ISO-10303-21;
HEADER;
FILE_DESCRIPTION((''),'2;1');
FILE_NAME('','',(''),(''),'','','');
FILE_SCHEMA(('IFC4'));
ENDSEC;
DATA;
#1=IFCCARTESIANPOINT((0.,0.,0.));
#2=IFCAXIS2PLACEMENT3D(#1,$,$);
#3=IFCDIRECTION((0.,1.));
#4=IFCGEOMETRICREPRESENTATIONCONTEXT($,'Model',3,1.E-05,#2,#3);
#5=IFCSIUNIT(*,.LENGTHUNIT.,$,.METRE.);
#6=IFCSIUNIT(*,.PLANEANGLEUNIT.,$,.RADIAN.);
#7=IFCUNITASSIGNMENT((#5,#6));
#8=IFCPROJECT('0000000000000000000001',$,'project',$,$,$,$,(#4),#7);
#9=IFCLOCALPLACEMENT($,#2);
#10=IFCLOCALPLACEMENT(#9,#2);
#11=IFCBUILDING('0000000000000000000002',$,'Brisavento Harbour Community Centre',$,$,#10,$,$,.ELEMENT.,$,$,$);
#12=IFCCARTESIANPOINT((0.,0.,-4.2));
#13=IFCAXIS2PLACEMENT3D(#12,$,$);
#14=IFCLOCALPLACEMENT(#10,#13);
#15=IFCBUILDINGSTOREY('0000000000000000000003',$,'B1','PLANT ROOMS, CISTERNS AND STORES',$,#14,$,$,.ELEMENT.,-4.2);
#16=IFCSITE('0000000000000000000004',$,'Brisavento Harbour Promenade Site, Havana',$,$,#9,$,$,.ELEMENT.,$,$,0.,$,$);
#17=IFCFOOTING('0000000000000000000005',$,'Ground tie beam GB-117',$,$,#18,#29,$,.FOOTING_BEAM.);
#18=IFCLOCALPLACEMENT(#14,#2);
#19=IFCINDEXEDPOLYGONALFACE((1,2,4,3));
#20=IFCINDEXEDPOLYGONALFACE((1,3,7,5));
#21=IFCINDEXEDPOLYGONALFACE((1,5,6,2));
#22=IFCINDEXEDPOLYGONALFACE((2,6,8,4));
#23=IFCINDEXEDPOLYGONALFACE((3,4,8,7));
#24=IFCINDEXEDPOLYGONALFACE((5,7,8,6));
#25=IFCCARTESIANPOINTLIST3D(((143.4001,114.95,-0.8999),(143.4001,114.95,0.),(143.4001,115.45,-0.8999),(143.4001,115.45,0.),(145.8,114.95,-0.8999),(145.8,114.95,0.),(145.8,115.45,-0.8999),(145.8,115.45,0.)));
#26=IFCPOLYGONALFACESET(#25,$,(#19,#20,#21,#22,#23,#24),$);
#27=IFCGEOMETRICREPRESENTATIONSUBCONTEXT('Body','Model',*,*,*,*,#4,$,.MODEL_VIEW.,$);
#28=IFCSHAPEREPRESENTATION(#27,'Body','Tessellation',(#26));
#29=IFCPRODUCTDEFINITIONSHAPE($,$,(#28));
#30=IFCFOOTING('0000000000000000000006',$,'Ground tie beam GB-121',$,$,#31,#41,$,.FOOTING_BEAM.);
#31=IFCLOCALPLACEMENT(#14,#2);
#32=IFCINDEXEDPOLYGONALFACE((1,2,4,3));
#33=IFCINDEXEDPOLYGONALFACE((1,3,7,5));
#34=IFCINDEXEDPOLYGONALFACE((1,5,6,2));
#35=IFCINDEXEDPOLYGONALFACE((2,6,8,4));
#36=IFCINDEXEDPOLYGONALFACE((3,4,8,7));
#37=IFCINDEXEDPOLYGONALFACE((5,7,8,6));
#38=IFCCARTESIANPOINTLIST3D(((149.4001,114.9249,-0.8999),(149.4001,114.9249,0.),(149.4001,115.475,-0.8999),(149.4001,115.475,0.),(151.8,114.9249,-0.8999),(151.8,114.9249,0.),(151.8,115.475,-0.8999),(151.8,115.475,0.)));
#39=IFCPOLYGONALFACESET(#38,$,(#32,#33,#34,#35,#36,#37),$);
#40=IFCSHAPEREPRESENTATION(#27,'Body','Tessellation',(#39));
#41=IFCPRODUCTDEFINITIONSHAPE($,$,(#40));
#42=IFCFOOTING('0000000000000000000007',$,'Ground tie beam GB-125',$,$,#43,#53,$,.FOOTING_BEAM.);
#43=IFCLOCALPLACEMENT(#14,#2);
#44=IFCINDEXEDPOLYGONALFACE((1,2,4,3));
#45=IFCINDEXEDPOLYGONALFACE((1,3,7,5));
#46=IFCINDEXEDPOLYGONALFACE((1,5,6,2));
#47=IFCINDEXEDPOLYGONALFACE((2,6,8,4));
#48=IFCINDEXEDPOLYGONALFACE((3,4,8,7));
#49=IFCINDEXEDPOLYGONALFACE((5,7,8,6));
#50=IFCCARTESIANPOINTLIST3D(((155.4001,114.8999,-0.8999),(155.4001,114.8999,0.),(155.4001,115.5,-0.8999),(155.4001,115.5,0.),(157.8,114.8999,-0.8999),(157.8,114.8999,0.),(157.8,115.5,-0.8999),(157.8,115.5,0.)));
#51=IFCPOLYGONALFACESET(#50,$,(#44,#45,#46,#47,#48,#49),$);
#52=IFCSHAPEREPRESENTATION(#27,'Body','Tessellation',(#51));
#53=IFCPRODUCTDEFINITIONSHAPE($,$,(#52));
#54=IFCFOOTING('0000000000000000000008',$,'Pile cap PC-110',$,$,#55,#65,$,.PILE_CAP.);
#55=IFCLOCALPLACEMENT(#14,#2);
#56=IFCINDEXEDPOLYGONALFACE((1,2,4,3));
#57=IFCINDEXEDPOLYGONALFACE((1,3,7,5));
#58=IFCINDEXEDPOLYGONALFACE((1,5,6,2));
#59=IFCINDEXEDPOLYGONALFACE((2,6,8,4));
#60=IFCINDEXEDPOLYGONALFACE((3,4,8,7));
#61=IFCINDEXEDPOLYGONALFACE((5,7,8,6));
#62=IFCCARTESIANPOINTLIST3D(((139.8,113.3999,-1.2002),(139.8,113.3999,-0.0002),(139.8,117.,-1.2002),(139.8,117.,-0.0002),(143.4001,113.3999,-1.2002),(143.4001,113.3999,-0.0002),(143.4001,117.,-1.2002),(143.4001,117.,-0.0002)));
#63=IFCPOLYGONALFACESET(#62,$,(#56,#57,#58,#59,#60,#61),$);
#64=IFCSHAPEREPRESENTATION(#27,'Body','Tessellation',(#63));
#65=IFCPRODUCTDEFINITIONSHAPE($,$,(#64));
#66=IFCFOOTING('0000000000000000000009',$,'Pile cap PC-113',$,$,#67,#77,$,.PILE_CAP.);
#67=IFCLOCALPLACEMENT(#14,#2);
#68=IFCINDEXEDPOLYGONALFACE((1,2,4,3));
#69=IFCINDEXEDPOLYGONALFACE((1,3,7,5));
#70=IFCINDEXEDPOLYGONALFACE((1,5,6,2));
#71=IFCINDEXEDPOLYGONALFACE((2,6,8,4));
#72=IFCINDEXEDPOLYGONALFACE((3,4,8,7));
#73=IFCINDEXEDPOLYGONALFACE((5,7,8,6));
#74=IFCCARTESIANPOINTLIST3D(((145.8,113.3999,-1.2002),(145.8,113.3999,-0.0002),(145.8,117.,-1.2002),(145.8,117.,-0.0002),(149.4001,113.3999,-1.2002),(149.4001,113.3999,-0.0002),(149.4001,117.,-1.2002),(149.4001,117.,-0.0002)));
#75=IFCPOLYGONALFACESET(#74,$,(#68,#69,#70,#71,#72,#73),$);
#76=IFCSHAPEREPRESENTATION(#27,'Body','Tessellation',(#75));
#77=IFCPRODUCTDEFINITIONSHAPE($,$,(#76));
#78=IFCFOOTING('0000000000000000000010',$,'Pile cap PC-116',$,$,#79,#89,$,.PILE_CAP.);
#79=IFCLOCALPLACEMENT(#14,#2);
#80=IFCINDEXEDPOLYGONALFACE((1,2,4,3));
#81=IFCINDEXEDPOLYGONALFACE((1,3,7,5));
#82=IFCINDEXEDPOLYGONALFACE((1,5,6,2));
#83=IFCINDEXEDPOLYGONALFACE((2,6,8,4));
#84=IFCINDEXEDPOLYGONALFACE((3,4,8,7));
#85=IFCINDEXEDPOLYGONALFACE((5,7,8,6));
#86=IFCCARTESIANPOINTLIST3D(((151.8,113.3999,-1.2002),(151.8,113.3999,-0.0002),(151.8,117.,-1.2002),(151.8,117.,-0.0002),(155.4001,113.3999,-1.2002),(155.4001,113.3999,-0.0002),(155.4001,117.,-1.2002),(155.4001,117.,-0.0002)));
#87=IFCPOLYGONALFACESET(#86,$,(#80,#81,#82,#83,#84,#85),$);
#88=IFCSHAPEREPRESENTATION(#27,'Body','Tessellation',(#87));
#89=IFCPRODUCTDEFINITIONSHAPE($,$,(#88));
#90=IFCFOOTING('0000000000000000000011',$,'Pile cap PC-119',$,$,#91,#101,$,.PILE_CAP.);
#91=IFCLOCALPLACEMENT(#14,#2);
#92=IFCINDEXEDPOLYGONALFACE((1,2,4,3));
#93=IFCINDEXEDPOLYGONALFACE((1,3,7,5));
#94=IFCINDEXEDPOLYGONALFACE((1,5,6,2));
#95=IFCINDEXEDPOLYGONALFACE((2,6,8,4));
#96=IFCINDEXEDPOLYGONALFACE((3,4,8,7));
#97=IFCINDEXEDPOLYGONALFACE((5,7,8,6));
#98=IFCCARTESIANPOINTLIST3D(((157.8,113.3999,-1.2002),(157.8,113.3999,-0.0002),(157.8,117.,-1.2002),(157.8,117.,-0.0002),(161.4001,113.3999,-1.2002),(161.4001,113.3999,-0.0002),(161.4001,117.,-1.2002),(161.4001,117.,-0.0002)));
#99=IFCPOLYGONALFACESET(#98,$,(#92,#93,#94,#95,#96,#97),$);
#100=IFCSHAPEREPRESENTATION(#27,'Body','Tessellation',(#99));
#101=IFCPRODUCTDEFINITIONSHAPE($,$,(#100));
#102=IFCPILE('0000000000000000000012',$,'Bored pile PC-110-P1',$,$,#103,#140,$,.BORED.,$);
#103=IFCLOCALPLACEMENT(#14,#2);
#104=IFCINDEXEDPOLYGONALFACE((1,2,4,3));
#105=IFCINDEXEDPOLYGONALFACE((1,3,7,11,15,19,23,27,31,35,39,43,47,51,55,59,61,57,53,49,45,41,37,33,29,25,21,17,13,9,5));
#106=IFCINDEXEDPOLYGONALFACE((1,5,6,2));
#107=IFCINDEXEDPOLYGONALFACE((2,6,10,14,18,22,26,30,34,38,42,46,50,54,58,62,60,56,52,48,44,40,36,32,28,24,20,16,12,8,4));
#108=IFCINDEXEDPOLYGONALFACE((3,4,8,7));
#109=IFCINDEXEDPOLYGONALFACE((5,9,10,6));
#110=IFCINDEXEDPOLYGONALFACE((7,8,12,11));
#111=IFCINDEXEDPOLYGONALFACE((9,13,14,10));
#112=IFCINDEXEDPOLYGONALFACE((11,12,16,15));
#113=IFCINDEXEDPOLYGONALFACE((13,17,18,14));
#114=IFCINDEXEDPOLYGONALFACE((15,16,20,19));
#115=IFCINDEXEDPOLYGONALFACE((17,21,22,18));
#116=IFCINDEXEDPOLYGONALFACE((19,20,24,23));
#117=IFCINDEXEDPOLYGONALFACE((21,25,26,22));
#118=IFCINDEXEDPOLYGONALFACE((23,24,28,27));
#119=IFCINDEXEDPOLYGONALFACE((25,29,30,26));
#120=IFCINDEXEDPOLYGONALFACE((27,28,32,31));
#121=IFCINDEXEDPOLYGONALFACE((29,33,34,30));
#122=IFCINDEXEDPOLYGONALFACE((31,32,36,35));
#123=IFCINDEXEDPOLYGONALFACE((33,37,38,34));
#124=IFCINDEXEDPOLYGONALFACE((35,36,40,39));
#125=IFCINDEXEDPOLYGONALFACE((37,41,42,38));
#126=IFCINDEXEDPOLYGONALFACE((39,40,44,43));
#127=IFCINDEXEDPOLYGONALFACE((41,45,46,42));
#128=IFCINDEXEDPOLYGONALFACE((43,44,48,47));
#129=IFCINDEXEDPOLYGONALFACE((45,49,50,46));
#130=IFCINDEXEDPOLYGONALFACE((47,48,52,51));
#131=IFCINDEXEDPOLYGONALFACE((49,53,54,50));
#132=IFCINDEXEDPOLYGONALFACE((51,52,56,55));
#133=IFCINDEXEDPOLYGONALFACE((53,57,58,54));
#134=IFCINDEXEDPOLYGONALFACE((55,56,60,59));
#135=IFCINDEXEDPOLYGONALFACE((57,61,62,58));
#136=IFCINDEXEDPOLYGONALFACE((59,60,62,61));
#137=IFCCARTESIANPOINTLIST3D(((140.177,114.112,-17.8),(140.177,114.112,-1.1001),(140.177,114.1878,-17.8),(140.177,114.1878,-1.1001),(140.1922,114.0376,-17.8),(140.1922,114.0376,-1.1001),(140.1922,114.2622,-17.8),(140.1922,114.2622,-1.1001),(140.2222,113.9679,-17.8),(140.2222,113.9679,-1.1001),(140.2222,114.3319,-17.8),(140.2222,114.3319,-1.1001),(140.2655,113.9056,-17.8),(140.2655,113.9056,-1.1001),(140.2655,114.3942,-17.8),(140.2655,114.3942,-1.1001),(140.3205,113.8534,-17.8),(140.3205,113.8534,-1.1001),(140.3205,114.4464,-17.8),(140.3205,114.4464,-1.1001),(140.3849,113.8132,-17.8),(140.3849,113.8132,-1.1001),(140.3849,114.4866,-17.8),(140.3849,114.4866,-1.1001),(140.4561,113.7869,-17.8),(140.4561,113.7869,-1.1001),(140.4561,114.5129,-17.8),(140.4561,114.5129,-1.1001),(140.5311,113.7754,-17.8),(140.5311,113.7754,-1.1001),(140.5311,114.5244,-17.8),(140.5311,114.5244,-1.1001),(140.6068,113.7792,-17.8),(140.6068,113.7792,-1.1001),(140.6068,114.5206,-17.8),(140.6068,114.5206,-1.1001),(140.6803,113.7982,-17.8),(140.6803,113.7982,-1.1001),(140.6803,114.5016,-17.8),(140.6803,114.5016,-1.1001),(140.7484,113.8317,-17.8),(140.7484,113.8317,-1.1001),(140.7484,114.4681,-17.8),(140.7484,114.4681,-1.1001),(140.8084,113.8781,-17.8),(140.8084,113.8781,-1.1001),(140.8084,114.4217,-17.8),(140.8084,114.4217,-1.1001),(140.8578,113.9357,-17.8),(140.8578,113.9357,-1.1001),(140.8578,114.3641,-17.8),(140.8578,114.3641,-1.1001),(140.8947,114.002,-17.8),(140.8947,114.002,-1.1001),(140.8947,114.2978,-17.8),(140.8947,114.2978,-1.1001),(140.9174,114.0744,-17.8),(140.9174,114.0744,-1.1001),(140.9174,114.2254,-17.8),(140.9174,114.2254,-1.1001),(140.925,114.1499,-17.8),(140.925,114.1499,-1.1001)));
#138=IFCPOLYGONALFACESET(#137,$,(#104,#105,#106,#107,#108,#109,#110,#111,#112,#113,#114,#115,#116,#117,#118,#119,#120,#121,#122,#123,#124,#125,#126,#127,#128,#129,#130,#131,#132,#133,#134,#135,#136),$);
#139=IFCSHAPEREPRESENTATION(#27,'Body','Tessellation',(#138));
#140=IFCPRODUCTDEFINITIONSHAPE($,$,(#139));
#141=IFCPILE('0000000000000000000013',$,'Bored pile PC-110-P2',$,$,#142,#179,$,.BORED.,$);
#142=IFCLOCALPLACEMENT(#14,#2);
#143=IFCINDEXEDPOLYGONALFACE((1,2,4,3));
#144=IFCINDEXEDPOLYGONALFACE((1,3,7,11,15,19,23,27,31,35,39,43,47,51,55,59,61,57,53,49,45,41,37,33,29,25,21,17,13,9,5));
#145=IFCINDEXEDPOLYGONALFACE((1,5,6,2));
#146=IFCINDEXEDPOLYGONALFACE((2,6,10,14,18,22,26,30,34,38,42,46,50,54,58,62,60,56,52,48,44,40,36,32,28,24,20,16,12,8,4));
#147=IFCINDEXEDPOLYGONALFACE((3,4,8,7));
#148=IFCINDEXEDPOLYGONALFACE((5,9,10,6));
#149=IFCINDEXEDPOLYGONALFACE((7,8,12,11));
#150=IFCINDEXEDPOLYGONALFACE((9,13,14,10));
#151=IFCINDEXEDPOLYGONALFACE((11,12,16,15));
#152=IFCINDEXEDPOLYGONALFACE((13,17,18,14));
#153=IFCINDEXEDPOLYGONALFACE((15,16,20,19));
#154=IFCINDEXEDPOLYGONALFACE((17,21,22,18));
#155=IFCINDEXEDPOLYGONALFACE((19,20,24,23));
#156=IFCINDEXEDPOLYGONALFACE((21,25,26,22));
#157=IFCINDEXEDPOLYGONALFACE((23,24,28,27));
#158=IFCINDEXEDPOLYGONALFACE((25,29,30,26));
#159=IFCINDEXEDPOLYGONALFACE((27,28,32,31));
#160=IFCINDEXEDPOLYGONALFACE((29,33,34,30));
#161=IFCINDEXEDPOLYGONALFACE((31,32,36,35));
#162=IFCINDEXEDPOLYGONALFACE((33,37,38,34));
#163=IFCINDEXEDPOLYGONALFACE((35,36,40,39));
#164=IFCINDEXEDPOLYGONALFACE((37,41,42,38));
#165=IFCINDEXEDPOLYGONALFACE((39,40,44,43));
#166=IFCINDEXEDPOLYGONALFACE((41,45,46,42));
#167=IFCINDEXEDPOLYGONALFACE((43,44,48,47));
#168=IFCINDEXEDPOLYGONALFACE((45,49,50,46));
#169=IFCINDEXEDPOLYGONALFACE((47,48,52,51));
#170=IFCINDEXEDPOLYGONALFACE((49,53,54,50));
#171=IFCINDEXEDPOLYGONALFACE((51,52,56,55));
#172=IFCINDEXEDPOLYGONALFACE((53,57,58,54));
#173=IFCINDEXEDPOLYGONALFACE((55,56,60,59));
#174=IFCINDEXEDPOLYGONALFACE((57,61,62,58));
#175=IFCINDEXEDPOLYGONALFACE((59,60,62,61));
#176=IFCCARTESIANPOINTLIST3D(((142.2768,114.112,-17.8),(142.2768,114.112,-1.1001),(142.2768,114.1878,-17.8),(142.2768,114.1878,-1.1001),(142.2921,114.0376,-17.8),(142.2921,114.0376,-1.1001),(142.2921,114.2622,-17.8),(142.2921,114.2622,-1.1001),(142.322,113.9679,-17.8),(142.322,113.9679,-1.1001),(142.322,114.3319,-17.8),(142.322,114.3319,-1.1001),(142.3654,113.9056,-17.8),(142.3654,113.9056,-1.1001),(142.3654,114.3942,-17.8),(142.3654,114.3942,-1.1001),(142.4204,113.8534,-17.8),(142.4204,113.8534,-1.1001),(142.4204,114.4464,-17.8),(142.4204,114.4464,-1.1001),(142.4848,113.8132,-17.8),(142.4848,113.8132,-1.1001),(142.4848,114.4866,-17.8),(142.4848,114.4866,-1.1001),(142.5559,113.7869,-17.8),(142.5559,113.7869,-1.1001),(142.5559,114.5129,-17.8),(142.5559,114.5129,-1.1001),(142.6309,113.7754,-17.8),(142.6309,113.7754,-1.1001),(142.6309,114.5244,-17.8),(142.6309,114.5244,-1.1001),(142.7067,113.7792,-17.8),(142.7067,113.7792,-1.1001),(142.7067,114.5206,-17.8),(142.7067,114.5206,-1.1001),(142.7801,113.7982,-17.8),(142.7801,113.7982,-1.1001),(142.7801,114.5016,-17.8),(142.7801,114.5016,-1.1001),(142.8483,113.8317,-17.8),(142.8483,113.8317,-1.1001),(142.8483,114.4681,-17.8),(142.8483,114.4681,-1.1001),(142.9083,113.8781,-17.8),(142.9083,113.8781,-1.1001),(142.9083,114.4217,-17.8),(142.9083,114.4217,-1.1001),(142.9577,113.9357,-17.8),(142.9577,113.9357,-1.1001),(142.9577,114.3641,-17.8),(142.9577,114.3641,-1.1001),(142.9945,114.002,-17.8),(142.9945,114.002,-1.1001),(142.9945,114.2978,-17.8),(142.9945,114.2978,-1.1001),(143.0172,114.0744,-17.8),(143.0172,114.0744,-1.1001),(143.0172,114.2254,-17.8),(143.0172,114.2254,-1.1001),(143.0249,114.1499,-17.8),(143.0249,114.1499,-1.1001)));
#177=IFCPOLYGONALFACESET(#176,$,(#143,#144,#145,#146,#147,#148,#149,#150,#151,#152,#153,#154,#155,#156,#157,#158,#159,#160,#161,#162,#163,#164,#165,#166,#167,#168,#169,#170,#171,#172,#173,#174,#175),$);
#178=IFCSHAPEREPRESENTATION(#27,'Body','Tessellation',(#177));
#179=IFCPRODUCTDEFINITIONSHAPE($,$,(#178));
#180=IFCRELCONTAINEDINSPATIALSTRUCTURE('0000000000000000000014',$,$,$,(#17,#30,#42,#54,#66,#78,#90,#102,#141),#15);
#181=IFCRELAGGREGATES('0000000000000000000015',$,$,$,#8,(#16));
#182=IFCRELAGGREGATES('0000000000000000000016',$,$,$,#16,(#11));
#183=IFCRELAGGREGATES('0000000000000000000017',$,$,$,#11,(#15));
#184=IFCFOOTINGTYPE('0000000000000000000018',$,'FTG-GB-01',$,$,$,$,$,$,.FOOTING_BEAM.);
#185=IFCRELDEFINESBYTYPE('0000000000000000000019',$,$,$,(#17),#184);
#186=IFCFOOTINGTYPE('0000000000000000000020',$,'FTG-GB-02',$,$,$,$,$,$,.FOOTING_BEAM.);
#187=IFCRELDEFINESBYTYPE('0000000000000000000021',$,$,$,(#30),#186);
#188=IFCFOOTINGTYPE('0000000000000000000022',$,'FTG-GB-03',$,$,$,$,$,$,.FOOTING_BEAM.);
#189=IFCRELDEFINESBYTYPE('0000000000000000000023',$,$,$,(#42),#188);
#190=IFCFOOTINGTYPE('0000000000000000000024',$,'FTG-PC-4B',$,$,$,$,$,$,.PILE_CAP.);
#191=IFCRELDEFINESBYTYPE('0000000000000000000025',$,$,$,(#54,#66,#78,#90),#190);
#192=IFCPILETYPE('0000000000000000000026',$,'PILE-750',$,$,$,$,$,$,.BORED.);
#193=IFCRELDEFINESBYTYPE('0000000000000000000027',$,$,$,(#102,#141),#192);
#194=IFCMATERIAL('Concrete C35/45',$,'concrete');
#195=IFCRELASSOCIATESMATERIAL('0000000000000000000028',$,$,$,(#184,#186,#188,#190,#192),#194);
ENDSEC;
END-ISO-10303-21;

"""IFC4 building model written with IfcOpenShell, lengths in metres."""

from ifc_helpers import new_model, si_unit, direction, frame, origin, origin_2d, place, context, subcontext, project, spatial, rectangle, circle, extrude, material, material_profile, profile_set, type_object, element, save


model = new_model("IFC4")

# Units and contexts
model_context = context("Model", 3, precision=1e-05, world=origin(), true_north=direction((0.0, 1.0)))
body_context = subcontext(model_context, "Body", "Model", "MODEL_VIEW")
ifc_project = project(units=[si_unit("LENGTHUNIT", "METRE"), si_unit("PLANEANGLEUNIT", "RADIAN")], contexts=[model_context])

# Site, building, storey
site_placement = place(None, origin())
site = spatial("IfcSite", under=ifc_project, at=site_placement, Name="Brisavento Harbour Promenade Site, Havana", CompositionType="ELEMENT", RefElevation=0.0)
building_placement = place(site_placement, origin())
building = spatial("IfcBuilding", under=site, at=building_placement, Name="Brisavento Harbour Community Centre", CompositionType="ELEMENT")
storey_placement = place(building_placement, frame((0.0, 0.0, -4.2)))
storey = spatial("IfcBuildingStorey", under=building, at=storey_placement, Name="B1", Description="PLANT ROOMS, CISTERNS AND STORES", CompositionType="ELEMENT", Elevation=-4.2)

# Footings
ifc_material_1 = material(Name="Concrete C35/45", Category="concrete")
footing_type_1 = type_object("IfcFootingType", Name="FTG-GB-01", PredefinedType="FOOTING_BEAM", material=ifc_material_1)
footing_1_placement = place(storey_placement, frame((144.6001, 115.2, -0.8999), z_axis=(0.0, 0.0, 1.0), x_axis=(1.0, 0.0, 0.0)))
element("IfcFooting", 1, at=footing_1_placement, inside=storey, type_object=footing_type_1, Name="Ground tie beam GB-117", PredefinedType="FOOTING_BEAM", context=body_context, shape_type="SweptSolid", body=[
    extrude(rectangle(XDim=2.3999, YDim=0.5, at=origin_2d()), origin(), (0.0, 0.0, 1.0), 0.8999),
])
footing_type_2 = type_object("IfcFootingType", Name="FTG-GB-02", PredefinedType="FOOTING_BEAM", material=ifc_material_1)
footing_2_placement = place(storey_placement, frame((150.6001, 115.2, -0.8999), z_axis=(0.0, 0.0, 1.0), x_axis=(1.0, 0.0, 0.0)))
element("IfcFooting", 2, at=footing_2_placement, inside=storey, type_object=footing_type_2, Name="Ground tie beam GB-121", PredefinedType="FOOTING_BEAM", context=body_context, shape_type="SweptSolid", body=[
    extrude(rectangle(XDim=2.3999, YDim=0.55, at=origin_2d()), origin(), (0.0, 0.0, 1.0), 0.8999),
])
footing_type_3 = type_object("IfcFootingType", Name="FTG-GB-03", PredefinedType="FOOTING_BEAM", material=ifc_material_1)
footing_3_placement = place(storey_placement, frame((156.6001, 115.2, -0.8999), z_axis=(0.0, 0.0, 1.0), x_axis=(1.0, 0.0, 0.0)))
element("IfcFooting", 3, at=footing_3_placement, inside=storey, type_object=footing_type_3, Name="Ground tie beam GB-125", PredefinedType="FOOTING_BEAM", context=body_context, shape_type="SweptSolid", body=[
    extrude(rectangle(XDim=2.3999, YDim=0.6001, at=origin_2d()), origin(), (0.0, 0.0, 1.0), 0.8999),
])
footing_type_4 = type_object("IfcFootingType", Name="FTG-PC-4B", PredefinedType="PILE_CAP", material=ifc_material_1)
for number, where, z_axis, x_axis, name in (
    (4, (141.6001, 115.2, -1.2002), (0.0, 0.0, 1.0), (1.0, 0.0, 0.0), "Pile cap PC-110"),
    (5, (147.6001, 115.2, -1.2002), (0.0, 0.0, 1.0), (1.0, 0.0, 0.0), "Pile cap PC-113"),
    (6, (153.6001, 115.2, -1.2002), (0.0, 0.0, 1.0), (1.0, 0.0, 0.0), "Pile cap PC-116"),
    (7, (159.6001, 115.2, -1.2002), (0.0, 0.0, 1.0), (1.0, 0.0, 0.0), "Pile cap PC-119"),
):
    element("IfcFooting", number, at=place(storey_placement, frame(where, z_axis=z_axis, x_axis=x_axis)), inside=storey, type_object=footing_type_4, Name=name, PredefinedType="PILE_CAP", context=body_context, shape_type="SweptSolid", body=[
        extrude(rectangle(XDim=3.6001, YDim=3.6001, at=origin_2d()), origin(), (0.0, 0.0, 1.0), 1.2),
    ])

# Piles
ifc_material_profile_1 = material_profile(ifc_material_1, circle(Radius=0.375, at=origin_2d()), Name="Concrete C35/45")
ifc_profile_set_1 = profile_set([ifc_material_profile_1], Name="Concrete C35/45")
pile_type = type_object("IfcPileType", Name="PILE-750", PredefinedType="BORED", material=ifc_profile_set_1)
for number, where, z_axis, x_axis, name in (
    (8, (140.55, 114.1499, -1.1001), (0.0, 0.0, -1.0), (1.0, 0.0, 0.0), "Bored pile PC-110-P1"),
    (9, (142.6499, 114.1499, -1.1001), (0.0, 0.0, -1.0), (1.0, 0.0, 0.0), "Bored pile PC-110-P2"),
):
    element("IfcPile", number, at=place(storey_placement, frame(where, z_axis=z_axis, x_axis=x_axis)), inside=storey, type_object=pile_type, Name=name, PredefinedType="BORED", context=body_context, shape_type="SweptSolid", body=[
        extrude(circle(Radius=0.375, at=origin_2d()), origin(), (0.0, 0.0, 1.0), 16.7),
    ])

save(model, "model.ifc")
